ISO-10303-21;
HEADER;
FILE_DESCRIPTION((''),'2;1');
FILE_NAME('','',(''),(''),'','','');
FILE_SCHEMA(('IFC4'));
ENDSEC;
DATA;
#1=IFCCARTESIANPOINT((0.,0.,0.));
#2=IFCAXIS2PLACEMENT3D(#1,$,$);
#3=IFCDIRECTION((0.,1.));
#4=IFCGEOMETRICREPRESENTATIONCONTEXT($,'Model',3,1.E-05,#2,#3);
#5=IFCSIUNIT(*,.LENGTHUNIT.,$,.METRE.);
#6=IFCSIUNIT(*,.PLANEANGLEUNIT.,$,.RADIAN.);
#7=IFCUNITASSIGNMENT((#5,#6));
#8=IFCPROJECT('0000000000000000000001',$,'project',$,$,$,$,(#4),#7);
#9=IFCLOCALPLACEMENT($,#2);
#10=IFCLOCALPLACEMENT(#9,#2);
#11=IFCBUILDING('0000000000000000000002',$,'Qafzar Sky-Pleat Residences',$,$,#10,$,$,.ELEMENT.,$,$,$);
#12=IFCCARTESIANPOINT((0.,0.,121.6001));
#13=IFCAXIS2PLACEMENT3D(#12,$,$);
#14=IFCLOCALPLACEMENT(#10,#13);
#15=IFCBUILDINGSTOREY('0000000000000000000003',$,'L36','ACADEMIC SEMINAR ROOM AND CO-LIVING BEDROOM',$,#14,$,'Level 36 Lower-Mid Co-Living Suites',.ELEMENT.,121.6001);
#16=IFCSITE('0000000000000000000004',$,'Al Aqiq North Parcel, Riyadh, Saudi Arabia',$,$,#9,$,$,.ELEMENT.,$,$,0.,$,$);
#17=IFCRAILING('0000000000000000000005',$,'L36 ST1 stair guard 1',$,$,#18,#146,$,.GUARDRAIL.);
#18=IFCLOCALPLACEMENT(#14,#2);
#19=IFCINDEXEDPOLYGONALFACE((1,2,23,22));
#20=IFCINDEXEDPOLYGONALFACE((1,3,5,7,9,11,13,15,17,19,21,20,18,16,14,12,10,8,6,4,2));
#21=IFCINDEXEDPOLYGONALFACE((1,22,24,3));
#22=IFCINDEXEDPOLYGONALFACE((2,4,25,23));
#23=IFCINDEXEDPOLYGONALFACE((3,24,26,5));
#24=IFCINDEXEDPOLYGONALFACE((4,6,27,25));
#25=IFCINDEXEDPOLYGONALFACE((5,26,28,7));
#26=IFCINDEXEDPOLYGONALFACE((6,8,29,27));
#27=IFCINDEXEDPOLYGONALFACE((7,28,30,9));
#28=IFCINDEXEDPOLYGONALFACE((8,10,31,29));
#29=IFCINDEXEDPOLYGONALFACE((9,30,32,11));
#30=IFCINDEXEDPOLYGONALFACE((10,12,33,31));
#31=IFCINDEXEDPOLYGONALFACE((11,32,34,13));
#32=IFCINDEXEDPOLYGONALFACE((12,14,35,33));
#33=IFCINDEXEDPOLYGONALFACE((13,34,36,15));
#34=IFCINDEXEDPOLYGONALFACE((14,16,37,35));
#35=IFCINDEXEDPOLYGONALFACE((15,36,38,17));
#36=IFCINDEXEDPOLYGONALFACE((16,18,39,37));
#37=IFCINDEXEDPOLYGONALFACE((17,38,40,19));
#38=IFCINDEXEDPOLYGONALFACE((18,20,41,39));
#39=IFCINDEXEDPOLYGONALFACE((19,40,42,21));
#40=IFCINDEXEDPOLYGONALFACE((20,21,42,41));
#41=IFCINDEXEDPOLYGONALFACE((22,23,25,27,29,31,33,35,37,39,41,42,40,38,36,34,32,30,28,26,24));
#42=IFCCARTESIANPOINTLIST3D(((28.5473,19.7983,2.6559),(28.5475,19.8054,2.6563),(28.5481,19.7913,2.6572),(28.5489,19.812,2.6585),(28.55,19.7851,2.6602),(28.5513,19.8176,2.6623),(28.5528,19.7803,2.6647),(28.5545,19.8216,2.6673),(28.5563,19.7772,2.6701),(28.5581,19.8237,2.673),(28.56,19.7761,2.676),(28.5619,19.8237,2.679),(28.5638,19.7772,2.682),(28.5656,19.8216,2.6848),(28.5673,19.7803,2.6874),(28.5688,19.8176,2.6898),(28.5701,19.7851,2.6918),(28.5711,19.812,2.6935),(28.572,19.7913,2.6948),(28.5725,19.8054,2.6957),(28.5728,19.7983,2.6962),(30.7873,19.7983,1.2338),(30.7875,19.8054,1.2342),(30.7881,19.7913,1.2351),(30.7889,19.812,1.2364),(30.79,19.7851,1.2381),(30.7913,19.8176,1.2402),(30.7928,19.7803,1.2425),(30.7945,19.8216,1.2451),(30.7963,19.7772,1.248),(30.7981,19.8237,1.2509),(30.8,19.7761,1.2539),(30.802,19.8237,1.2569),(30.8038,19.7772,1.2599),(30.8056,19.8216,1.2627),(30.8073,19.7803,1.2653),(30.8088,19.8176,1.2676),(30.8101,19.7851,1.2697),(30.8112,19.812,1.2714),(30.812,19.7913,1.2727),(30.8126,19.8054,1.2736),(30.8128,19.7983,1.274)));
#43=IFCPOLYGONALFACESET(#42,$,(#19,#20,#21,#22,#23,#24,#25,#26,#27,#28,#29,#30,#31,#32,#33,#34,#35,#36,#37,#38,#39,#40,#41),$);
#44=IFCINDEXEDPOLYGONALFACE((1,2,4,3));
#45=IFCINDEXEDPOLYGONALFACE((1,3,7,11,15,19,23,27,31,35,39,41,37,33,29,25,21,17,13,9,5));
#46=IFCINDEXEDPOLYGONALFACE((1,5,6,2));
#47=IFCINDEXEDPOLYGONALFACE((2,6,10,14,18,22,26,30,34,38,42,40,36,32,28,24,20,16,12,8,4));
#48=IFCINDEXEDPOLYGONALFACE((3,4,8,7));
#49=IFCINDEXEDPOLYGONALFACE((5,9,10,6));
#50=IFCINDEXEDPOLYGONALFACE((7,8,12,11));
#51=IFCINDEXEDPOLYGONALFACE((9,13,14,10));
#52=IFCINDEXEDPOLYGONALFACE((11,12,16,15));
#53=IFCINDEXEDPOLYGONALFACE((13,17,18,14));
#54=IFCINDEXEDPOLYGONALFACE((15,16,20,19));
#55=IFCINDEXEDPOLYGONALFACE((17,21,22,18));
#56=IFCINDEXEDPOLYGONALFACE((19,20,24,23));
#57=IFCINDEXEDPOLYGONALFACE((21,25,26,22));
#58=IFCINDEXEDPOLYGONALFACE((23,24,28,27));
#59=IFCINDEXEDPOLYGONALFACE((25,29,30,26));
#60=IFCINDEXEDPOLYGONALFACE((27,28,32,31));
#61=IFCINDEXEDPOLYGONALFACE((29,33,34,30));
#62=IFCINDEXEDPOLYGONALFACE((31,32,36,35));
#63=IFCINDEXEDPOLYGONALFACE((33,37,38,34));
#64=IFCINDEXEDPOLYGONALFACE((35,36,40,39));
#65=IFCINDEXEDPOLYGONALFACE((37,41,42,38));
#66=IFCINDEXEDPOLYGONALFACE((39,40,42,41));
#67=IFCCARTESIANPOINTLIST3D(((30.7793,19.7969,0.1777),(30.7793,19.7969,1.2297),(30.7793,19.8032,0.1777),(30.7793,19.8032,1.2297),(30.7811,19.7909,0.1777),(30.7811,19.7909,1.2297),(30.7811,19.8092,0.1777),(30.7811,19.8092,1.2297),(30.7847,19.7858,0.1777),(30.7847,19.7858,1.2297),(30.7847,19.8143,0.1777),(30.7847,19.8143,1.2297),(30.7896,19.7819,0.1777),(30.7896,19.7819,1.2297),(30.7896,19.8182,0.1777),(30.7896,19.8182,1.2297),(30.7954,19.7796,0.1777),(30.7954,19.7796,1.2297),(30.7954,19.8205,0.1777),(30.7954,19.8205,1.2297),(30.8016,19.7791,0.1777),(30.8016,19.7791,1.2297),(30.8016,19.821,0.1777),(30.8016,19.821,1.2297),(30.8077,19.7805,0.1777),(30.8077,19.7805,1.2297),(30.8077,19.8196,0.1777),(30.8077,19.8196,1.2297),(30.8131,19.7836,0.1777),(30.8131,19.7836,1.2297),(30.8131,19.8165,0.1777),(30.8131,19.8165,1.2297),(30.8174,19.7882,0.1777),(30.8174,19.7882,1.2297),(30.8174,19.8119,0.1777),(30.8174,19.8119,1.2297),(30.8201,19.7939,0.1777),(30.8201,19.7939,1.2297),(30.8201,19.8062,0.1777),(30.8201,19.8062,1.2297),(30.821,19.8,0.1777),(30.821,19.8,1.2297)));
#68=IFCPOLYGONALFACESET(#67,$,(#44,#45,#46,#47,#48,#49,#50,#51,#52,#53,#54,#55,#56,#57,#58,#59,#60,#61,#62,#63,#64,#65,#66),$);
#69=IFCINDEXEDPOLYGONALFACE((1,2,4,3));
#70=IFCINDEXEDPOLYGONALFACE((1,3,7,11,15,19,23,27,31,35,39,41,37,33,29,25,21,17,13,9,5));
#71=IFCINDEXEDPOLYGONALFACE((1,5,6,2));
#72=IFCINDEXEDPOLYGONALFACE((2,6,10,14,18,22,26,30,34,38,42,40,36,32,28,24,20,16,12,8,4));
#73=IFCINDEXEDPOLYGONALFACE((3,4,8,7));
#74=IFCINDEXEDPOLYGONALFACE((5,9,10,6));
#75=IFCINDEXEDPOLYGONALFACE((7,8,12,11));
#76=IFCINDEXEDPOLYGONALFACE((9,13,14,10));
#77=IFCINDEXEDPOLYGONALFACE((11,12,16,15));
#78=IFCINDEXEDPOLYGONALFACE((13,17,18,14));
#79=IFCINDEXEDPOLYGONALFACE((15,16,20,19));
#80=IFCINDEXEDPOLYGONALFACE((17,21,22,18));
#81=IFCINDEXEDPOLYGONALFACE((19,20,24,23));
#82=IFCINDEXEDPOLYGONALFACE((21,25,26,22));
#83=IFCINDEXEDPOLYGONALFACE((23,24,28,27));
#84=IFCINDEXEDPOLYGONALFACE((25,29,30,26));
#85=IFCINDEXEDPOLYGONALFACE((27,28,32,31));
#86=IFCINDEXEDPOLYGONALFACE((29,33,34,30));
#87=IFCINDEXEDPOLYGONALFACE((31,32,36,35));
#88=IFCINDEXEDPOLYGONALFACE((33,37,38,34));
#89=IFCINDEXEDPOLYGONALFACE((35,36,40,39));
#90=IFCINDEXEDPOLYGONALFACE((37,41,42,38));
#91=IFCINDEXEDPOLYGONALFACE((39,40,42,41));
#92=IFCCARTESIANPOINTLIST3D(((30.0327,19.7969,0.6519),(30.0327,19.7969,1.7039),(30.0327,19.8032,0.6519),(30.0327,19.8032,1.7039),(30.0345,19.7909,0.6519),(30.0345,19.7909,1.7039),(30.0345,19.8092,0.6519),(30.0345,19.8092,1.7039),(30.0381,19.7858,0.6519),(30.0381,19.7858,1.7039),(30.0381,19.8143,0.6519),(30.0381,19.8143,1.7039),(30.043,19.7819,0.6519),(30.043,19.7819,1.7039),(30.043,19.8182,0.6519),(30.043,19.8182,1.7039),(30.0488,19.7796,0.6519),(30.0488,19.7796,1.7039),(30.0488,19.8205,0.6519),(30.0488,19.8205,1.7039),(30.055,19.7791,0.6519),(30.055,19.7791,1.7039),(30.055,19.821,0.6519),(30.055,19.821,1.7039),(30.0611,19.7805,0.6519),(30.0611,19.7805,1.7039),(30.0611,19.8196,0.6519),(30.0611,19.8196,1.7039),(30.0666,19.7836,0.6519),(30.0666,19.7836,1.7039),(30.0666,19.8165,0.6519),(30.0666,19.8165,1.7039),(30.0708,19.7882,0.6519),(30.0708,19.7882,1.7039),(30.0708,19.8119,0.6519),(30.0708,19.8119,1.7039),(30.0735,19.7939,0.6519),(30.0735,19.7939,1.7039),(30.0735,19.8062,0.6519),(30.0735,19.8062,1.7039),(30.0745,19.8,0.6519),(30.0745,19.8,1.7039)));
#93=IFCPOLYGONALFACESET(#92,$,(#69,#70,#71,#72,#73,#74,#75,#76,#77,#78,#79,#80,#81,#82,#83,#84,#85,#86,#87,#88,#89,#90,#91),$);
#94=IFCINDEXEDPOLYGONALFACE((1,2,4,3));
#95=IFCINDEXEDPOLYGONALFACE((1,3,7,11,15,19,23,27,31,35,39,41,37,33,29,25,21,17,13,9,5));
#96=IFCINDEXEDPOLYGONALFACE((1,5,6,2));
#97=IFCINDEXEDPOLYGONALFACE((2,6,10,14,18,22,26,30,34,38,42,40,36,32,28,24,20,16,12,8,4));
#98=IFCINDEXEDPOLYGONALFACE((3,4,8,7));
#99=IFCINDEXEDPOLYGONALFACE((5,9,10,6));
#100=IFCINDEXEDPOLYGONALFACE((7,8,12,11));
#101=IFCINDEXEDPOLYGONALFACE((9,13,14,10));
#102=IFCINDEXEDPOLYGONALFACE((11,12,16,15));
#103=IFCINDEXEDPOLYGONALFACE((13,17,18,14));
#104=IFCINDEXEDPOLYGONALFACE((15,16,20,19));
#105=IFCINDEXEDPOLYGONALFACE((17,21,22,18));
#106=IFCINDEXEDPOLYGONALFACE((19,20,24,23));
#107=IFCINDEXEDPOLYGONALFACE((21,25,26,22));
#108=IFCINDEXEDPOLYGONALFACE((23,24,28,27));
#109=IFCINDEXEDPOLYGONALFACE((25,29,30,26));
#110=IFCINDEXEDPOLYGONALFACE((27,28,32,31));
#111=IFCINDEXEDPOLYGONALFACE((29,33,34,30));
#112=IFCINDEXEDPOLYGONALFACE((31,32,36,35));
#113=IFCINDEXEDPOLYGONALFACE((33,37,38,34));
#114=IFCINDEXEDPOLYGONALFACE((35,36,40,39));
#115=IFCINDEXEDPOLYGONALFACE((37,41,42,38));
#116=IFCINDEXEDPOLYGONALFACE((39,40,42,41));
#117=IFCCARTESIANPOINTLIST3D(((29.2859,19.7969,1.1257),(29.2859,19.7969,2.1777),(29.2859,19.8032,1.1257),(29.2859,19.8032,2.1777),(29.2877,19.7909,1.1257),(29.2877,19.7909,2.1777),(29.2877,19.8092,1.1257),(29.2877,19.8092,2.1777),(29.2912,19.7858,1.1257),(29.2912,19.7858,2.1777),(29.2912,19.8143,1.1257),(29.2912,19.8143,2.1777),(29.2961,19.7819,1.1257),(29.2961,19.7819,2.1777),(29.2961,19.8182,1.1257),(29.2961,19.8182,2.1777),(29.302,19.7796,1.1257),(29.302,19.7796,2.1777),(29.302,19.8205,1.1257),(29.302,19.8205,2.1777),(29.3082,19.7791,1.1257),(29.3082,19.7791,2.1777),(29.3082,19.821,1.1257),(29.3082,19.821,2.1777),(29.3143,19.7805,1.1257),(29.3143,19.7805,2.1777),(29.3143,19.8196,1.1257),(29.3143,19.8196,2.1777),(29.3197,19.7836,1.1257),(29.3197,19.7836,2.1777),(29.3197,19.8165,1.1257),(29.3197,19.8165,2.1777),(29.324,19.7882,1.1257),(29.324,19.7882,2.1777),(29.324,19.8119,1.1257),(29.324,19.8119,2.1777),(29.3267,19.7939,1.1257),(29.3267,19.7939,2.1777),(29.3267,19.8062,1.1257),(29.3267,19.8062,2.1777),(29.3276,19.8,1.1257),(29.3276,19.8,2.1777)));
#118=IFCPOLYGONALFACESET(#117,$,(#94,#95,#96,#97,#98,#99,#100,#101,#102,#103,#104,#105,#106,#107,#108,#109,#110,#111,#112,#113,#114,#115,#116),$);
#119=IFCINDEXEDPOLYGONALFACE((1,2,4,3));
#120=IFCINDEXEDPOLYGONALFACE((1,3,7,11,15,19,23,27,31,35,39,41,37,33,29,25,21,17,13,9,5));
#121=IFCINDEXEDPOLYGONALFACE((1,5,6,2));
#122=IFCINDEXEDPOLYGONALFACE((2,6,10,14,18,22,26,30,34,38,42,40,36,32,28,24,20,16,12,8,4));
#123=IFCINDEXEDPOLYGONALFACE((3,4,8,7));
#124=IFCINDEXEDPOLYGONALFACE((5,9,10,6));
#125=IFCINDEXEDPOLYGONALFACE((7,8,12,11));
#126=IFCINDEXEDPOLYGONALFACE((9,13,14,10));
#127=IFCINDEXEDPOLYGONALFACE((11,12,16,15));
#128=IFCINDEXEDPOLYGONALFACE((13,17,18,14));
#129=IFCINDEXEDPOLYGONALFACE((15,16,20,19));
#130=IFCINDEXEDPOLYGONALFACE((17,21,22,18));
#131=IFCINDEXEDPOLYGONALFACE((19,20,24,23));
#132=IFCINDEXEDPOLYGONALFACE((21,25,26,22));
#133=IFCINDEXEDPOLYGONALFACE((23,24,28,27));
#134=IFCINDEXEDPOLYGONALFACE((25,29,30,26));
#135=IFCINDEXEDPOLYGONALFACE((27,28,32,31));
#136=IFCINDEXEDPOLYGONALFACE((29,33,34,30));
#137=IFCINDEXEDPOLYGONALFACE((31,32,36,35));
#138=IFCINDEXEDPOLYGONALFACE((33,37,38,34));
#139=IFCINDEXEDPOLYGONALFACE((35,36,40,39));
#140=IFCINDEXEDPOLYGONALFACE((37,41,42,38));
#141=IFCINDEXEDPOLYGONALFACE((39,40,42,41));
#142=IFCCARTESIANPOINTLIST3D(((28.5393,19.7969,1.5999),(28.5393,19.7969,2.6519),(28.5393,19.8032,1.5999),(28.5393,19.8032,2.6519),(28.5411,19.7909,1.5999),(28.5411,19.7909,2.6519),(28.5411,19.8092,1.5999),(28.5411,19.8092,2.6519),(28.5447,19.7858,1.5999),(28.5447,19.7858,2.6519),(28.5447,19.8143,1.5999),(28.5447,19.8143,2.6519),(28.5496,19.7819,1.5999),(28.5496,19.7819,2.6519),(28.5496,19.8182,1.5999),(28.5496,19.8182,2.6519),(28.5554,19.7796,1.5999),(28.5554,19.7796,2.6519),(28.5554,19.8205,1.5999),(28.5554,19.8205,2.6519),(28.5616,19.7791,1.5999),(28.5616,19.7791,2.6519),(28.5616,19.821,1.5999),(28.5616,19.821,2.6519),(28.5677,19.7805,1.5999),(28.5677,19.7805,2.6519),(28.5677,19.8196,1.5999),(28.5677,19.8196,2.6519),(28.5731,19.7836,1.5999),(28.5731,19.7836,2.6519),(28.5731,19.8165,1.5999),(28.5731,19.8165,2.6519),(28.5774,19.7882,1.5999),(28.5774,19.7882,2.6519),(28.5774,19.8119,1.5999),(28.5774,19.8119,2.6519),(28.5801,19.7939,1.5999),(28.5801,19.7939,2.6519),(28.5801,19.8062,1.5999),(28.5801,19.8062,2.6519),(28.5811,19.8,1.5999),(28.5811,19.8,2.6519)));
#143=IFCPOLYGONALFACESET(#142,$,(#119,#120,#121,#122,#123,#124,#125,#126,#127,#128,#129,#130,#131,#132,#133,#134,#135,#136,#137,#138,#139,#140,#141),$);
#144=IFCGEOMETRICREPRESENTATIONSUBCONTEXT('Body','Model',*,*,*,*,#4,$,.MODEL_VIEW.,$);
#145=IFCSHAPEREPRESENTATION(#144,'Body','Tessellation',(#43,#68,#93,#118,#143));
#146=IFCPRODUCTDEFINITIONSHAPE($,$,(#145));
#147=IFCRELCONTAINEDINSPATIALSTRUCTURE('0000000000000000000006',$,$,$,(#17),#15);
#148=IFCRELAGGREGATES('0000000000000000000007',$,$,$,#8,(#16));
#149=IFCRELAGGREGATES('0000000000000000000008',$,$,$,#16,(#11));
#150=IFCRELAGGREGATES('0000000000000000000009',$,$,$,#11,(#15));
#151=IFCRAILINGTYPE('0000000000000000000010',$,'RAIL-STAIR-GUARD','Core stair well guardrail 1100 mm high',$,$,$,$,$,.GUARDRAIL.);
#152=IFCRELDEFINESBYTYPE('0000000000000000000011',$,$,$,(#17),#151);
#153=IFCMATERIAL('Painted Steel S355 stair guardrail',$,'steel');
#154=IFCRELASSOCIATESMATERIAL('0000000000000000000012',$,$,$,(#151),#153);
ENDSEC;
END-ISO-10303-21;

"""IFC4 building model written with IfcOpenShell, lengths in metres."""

from ifc_helpers import new_model, si_unit, direction, frame, origin, origin_2d, place, context, subcontext, project, spatial, circle, extrude, source, transform, mapped, material, type_object, element, save


model = new_model("IFC4")

# Units and contexts
model_context = context("Model", 3, precision=1e-05, world=origin(), true_north=direction((0.0, 1.0)))
body_context = subcontext(model_context, "Body", "Model", "MODEL_VIEW")
ifc_project = project(units=[si_unit("LENGTHUNIT", "METRE"), si_unit("PLANEANGLEUNIT", "RADIAN")], contexts=[model_context])

# Site, building, storey
site_placement = place(None, origin())
site = spatial("IfcSite", under=ifc_project, at=site_placement, Name="Al Aqiq North Parcel, Riyadh, Saudi Arabia", CompositionType="ELEMENT", RefElevation=0.0)
building_placement = place(site_placement, origin())
building = spatial("IfcBuilding", under=site, at=building_placement, Name="Qafzar Sky-Pleat Residences", CompositionType="ELEMENT")
storey_placement = place(building_placement, frame((0.0, 0.0, 121.6001)))
storey = spatial("IfcBuildingStorey", under=building, at=storey_placement, Name="L36", Description="ACADEMIC SEMINAR ROOM AND CO-LIVING BEDROOM", LongName="Level 36 Lower-Mid Co-Living Suites", CompositionType="ELEMENT", Elevation=121.6001)

# Railing
ifc_material_1 = material(Name="Painted Steel S355 stair guardrail", Category="steel")
railing_type_1 = type_object("IfcRailingType", Name="RAIL-STAIR-GUARD", Description="Core stair well guardrail 1100 mm high", PredefinedType="GUARDRAIL", material=ifc_material_1)
shared_shape_1 = source(origin(), body_context, "Body", "SweptSolid", [
    extrude(circle(Radius=0.0239, at=origin_2d()), frame((0.0, 0.0, 1.0762), z_axis=(-0.844229, 0.0, 0.535982), x_axis=(0.0, -1.0, 0.0)), (0.0, 0.0, 1.0), 2.6533),
    extrude(circle(Radius=0.021, at=origin_2d()), origin(), (0.0, 0.0, 1.0), 1.052),
    extrude(circle(Radius=0.021, at=origin_2d()), frame((-0.7466, 0.0, 0.4741)), (0.0, 0.0, 1.0), 1.052),
    extrude(circle(Radius=0.021, at=origin_2d()), frame((-1.4934, 0.0, 0.948)), (0.0, 0.0, 1.0), 1.052),
    extrude(circle(Radius=0.021, at=origin_2d()), frame((-2.24, 0.0, 1.4221)), (0.0, 0.0, 1.0), 1.052),
])
railing_1_placement = place(storey_placement, frame((30.8, 19.8, 0.1777)))
element("IfcRailing", 1, at=railing_1_placement, inside=storey, type_object=railing_type_1, Name="L36 ST1 stair guard 1", PredefinedType="GUARDRAIL", context=body_context, shape_type="MappedRepresentation", body=[
    mapped(shared_shape_1, transform((0.0, 0.0, 0.0), x_axis=(1.0, 0.0, 0.0), y_axis=(0.0, 1.0, 0.0), z_axis=(0.0, 0.0, 1.0), scale=1.0)),
])

save(model, "model.ifc")
